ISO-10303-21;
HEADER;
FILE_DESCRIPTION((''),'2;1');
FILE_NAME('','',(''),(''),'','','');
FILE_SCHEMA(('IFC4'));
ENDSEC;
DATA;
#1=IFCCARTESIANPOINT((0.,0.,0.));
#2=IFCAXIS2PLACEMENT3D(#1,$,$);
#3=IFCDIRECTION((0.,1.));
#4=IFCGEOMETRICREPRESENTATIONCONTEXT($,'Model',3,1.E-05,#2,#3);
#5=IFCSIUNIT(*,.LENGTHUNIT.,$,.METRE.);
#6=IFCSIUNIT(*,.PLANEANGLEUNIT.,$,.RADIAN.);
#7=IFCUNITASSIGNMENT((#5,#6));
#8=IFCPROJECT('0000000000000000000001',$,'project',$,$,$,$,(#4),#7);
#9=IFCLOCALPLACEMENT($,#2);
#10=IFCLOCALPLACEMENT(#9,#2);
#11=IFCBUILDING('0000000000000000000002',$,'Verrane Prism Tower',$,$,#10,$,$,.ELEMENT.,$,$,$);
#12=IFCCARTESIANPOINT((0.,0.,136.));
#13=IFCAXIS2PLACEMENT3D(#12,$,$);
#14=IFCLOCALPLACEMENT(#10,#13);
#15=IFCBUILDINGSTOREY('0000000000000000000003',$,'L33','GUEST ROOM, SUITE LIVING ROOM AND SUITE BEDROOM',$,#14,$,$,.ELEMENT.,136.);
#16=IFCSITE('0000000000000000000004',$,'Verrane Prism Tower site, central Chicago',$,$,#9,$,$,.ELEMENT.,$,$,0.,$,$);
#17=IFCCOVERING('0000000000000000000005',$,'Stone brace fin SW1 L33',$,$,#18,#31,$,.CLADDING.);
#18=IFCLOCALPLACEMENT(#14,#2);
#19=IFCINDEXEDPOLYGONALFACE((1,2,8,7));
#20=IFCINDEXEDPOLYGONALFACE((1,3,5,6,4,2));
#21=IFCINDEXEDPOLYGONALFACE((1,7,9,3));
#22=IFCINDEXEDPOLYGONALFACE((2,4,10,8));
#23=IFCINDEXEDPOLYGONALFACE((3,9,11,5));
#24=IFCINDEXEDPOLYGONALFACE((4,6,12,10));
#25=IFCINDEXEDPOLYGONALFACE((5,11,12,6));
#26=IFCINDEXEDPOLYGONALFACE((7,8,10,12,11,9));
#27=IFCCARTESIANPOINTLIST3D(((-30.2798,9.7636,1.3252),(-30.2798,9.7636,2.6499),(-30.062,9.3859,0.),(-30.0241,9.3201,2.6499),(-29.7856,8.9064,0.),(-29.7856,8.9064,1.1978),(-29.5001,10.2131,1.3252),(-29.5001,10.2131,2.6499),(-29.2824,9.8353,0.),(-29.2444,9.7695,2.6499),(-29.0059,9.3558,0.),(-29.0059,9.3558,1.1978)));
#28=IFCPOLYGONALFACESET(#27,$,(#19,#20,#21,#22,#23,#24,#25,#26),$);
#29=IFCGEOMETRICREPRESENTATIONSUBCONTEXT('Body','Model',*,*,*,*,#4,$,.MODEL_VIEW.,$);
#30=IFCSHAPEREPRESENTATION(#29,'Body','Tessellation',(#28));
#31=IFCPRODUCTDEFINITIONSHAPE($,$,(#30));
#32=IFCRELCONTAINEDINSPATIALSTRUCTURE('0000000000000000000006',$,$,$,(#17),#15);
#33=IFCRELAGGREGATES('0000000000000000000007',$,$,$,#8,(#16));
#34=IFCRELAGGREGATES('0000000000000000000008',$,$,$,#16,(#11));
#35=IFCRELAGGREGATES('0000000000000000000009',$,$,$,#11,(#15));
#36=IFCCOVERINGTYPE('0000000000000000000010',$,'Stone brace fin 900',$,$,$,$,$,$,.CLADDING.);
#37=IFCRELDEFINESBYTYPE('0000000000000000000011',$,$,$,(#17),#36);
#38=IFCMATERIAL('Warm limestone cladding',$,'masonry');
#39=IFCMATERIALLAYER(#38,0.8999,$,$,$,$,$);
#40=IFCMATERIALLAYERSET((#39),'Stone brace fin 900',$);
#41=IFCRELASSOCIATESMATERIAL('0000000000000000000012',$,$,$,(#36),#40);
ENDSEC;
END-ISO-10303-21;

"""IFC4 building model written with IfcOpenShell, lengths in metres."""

from ifc_helpers import new_model, si_unit, direction, frame, origin, place, context, subcontext, project, spatial, polyline, outline, extrude, material, layer, layer_set, type_object, element, save


model = new_model("IFC4")

# Units and contexts
model_context = context("Model", 3, precision=1e-05, world=origin(), true_north=direction((0.0, 1.0)))
body_context = subcontext(model_context, "Body", "Model", "MODEL_VIEW")
ifc_project = project(units=[si_unit("LENGTHUNIT", "METRE"), si_unit("PLANEANGLEUNIT", "RADIAN")], contexts=[model_context])

# Site, building, storey
site_placement = place(None, origin())
site = spatial("IfcSite", under=ifc_project, at=site_placement, Name="Verrane Prism Tower site, central Chicago", CompositionType="ELEMENT", RefElevation=0.0)
building_placement = place(site_placement, origin())
building = spatial("IfcBuilding", under=site, at=building_placement, Name="Verrane Prism Tower", CompositionType="ELEMENT")
storey_placement = place(building_placement, frame((0.0, 0.0, 136.0)))
storey = spatial("IfcBuildingStorey", under=building, at=storey_placement, Name="L33", Description="GUEST ROOM, SUITE LIVING ROOM AND SUITE BEDROOM", CompositionType="ELEMENT", Elevation=136.0)

# Covering
ifc_material_1 = material(Name="Warm limestone cladding", Category="masonry")
ifc_layer_1 = layer(ifc_material_1, 0.8999)
ifc_layer_set_1 = layer_set([ifc_layer_1], Name="Stone brace fin 900")
covering_type = type_object("IfcCoveringType", Name="Stone brace fin 900", PredefinedType="CLADDING", material=ifc_layer_set_1)
covering_placement = place(storey_placement, frame((-29.3958, 9.1311, 0.0), z_axis=(0.0, 0.0, 1.0), x_axis=(-0.49943, 0.866354, 0.0)))
element("IfcCovering", 1, at=covering_placement, inside=storey, type_object=covering_type, Name="Stone brace fin SW1 L33", PredefinedType="CLADDING", context=body_context, shape_type="SweptSolid", body=[
    extrude(outline(polyline([(0.9895, 2.6499), (0.4775, 2.6499), (0.0, 1.1978), (0.0, 0.0), (0.5535, 0.0), (0.9895, 1.3252), (0.9895, 2.6499)])), frame((0.0, 0.45, 0.0), z_axis=(0.0, -1.0, 0.0), x_axis=(1.0, 0.0, 0.0)), (0.0, 0.0, 1.0), 0.8999),
])

save(model, "model.ifc")
